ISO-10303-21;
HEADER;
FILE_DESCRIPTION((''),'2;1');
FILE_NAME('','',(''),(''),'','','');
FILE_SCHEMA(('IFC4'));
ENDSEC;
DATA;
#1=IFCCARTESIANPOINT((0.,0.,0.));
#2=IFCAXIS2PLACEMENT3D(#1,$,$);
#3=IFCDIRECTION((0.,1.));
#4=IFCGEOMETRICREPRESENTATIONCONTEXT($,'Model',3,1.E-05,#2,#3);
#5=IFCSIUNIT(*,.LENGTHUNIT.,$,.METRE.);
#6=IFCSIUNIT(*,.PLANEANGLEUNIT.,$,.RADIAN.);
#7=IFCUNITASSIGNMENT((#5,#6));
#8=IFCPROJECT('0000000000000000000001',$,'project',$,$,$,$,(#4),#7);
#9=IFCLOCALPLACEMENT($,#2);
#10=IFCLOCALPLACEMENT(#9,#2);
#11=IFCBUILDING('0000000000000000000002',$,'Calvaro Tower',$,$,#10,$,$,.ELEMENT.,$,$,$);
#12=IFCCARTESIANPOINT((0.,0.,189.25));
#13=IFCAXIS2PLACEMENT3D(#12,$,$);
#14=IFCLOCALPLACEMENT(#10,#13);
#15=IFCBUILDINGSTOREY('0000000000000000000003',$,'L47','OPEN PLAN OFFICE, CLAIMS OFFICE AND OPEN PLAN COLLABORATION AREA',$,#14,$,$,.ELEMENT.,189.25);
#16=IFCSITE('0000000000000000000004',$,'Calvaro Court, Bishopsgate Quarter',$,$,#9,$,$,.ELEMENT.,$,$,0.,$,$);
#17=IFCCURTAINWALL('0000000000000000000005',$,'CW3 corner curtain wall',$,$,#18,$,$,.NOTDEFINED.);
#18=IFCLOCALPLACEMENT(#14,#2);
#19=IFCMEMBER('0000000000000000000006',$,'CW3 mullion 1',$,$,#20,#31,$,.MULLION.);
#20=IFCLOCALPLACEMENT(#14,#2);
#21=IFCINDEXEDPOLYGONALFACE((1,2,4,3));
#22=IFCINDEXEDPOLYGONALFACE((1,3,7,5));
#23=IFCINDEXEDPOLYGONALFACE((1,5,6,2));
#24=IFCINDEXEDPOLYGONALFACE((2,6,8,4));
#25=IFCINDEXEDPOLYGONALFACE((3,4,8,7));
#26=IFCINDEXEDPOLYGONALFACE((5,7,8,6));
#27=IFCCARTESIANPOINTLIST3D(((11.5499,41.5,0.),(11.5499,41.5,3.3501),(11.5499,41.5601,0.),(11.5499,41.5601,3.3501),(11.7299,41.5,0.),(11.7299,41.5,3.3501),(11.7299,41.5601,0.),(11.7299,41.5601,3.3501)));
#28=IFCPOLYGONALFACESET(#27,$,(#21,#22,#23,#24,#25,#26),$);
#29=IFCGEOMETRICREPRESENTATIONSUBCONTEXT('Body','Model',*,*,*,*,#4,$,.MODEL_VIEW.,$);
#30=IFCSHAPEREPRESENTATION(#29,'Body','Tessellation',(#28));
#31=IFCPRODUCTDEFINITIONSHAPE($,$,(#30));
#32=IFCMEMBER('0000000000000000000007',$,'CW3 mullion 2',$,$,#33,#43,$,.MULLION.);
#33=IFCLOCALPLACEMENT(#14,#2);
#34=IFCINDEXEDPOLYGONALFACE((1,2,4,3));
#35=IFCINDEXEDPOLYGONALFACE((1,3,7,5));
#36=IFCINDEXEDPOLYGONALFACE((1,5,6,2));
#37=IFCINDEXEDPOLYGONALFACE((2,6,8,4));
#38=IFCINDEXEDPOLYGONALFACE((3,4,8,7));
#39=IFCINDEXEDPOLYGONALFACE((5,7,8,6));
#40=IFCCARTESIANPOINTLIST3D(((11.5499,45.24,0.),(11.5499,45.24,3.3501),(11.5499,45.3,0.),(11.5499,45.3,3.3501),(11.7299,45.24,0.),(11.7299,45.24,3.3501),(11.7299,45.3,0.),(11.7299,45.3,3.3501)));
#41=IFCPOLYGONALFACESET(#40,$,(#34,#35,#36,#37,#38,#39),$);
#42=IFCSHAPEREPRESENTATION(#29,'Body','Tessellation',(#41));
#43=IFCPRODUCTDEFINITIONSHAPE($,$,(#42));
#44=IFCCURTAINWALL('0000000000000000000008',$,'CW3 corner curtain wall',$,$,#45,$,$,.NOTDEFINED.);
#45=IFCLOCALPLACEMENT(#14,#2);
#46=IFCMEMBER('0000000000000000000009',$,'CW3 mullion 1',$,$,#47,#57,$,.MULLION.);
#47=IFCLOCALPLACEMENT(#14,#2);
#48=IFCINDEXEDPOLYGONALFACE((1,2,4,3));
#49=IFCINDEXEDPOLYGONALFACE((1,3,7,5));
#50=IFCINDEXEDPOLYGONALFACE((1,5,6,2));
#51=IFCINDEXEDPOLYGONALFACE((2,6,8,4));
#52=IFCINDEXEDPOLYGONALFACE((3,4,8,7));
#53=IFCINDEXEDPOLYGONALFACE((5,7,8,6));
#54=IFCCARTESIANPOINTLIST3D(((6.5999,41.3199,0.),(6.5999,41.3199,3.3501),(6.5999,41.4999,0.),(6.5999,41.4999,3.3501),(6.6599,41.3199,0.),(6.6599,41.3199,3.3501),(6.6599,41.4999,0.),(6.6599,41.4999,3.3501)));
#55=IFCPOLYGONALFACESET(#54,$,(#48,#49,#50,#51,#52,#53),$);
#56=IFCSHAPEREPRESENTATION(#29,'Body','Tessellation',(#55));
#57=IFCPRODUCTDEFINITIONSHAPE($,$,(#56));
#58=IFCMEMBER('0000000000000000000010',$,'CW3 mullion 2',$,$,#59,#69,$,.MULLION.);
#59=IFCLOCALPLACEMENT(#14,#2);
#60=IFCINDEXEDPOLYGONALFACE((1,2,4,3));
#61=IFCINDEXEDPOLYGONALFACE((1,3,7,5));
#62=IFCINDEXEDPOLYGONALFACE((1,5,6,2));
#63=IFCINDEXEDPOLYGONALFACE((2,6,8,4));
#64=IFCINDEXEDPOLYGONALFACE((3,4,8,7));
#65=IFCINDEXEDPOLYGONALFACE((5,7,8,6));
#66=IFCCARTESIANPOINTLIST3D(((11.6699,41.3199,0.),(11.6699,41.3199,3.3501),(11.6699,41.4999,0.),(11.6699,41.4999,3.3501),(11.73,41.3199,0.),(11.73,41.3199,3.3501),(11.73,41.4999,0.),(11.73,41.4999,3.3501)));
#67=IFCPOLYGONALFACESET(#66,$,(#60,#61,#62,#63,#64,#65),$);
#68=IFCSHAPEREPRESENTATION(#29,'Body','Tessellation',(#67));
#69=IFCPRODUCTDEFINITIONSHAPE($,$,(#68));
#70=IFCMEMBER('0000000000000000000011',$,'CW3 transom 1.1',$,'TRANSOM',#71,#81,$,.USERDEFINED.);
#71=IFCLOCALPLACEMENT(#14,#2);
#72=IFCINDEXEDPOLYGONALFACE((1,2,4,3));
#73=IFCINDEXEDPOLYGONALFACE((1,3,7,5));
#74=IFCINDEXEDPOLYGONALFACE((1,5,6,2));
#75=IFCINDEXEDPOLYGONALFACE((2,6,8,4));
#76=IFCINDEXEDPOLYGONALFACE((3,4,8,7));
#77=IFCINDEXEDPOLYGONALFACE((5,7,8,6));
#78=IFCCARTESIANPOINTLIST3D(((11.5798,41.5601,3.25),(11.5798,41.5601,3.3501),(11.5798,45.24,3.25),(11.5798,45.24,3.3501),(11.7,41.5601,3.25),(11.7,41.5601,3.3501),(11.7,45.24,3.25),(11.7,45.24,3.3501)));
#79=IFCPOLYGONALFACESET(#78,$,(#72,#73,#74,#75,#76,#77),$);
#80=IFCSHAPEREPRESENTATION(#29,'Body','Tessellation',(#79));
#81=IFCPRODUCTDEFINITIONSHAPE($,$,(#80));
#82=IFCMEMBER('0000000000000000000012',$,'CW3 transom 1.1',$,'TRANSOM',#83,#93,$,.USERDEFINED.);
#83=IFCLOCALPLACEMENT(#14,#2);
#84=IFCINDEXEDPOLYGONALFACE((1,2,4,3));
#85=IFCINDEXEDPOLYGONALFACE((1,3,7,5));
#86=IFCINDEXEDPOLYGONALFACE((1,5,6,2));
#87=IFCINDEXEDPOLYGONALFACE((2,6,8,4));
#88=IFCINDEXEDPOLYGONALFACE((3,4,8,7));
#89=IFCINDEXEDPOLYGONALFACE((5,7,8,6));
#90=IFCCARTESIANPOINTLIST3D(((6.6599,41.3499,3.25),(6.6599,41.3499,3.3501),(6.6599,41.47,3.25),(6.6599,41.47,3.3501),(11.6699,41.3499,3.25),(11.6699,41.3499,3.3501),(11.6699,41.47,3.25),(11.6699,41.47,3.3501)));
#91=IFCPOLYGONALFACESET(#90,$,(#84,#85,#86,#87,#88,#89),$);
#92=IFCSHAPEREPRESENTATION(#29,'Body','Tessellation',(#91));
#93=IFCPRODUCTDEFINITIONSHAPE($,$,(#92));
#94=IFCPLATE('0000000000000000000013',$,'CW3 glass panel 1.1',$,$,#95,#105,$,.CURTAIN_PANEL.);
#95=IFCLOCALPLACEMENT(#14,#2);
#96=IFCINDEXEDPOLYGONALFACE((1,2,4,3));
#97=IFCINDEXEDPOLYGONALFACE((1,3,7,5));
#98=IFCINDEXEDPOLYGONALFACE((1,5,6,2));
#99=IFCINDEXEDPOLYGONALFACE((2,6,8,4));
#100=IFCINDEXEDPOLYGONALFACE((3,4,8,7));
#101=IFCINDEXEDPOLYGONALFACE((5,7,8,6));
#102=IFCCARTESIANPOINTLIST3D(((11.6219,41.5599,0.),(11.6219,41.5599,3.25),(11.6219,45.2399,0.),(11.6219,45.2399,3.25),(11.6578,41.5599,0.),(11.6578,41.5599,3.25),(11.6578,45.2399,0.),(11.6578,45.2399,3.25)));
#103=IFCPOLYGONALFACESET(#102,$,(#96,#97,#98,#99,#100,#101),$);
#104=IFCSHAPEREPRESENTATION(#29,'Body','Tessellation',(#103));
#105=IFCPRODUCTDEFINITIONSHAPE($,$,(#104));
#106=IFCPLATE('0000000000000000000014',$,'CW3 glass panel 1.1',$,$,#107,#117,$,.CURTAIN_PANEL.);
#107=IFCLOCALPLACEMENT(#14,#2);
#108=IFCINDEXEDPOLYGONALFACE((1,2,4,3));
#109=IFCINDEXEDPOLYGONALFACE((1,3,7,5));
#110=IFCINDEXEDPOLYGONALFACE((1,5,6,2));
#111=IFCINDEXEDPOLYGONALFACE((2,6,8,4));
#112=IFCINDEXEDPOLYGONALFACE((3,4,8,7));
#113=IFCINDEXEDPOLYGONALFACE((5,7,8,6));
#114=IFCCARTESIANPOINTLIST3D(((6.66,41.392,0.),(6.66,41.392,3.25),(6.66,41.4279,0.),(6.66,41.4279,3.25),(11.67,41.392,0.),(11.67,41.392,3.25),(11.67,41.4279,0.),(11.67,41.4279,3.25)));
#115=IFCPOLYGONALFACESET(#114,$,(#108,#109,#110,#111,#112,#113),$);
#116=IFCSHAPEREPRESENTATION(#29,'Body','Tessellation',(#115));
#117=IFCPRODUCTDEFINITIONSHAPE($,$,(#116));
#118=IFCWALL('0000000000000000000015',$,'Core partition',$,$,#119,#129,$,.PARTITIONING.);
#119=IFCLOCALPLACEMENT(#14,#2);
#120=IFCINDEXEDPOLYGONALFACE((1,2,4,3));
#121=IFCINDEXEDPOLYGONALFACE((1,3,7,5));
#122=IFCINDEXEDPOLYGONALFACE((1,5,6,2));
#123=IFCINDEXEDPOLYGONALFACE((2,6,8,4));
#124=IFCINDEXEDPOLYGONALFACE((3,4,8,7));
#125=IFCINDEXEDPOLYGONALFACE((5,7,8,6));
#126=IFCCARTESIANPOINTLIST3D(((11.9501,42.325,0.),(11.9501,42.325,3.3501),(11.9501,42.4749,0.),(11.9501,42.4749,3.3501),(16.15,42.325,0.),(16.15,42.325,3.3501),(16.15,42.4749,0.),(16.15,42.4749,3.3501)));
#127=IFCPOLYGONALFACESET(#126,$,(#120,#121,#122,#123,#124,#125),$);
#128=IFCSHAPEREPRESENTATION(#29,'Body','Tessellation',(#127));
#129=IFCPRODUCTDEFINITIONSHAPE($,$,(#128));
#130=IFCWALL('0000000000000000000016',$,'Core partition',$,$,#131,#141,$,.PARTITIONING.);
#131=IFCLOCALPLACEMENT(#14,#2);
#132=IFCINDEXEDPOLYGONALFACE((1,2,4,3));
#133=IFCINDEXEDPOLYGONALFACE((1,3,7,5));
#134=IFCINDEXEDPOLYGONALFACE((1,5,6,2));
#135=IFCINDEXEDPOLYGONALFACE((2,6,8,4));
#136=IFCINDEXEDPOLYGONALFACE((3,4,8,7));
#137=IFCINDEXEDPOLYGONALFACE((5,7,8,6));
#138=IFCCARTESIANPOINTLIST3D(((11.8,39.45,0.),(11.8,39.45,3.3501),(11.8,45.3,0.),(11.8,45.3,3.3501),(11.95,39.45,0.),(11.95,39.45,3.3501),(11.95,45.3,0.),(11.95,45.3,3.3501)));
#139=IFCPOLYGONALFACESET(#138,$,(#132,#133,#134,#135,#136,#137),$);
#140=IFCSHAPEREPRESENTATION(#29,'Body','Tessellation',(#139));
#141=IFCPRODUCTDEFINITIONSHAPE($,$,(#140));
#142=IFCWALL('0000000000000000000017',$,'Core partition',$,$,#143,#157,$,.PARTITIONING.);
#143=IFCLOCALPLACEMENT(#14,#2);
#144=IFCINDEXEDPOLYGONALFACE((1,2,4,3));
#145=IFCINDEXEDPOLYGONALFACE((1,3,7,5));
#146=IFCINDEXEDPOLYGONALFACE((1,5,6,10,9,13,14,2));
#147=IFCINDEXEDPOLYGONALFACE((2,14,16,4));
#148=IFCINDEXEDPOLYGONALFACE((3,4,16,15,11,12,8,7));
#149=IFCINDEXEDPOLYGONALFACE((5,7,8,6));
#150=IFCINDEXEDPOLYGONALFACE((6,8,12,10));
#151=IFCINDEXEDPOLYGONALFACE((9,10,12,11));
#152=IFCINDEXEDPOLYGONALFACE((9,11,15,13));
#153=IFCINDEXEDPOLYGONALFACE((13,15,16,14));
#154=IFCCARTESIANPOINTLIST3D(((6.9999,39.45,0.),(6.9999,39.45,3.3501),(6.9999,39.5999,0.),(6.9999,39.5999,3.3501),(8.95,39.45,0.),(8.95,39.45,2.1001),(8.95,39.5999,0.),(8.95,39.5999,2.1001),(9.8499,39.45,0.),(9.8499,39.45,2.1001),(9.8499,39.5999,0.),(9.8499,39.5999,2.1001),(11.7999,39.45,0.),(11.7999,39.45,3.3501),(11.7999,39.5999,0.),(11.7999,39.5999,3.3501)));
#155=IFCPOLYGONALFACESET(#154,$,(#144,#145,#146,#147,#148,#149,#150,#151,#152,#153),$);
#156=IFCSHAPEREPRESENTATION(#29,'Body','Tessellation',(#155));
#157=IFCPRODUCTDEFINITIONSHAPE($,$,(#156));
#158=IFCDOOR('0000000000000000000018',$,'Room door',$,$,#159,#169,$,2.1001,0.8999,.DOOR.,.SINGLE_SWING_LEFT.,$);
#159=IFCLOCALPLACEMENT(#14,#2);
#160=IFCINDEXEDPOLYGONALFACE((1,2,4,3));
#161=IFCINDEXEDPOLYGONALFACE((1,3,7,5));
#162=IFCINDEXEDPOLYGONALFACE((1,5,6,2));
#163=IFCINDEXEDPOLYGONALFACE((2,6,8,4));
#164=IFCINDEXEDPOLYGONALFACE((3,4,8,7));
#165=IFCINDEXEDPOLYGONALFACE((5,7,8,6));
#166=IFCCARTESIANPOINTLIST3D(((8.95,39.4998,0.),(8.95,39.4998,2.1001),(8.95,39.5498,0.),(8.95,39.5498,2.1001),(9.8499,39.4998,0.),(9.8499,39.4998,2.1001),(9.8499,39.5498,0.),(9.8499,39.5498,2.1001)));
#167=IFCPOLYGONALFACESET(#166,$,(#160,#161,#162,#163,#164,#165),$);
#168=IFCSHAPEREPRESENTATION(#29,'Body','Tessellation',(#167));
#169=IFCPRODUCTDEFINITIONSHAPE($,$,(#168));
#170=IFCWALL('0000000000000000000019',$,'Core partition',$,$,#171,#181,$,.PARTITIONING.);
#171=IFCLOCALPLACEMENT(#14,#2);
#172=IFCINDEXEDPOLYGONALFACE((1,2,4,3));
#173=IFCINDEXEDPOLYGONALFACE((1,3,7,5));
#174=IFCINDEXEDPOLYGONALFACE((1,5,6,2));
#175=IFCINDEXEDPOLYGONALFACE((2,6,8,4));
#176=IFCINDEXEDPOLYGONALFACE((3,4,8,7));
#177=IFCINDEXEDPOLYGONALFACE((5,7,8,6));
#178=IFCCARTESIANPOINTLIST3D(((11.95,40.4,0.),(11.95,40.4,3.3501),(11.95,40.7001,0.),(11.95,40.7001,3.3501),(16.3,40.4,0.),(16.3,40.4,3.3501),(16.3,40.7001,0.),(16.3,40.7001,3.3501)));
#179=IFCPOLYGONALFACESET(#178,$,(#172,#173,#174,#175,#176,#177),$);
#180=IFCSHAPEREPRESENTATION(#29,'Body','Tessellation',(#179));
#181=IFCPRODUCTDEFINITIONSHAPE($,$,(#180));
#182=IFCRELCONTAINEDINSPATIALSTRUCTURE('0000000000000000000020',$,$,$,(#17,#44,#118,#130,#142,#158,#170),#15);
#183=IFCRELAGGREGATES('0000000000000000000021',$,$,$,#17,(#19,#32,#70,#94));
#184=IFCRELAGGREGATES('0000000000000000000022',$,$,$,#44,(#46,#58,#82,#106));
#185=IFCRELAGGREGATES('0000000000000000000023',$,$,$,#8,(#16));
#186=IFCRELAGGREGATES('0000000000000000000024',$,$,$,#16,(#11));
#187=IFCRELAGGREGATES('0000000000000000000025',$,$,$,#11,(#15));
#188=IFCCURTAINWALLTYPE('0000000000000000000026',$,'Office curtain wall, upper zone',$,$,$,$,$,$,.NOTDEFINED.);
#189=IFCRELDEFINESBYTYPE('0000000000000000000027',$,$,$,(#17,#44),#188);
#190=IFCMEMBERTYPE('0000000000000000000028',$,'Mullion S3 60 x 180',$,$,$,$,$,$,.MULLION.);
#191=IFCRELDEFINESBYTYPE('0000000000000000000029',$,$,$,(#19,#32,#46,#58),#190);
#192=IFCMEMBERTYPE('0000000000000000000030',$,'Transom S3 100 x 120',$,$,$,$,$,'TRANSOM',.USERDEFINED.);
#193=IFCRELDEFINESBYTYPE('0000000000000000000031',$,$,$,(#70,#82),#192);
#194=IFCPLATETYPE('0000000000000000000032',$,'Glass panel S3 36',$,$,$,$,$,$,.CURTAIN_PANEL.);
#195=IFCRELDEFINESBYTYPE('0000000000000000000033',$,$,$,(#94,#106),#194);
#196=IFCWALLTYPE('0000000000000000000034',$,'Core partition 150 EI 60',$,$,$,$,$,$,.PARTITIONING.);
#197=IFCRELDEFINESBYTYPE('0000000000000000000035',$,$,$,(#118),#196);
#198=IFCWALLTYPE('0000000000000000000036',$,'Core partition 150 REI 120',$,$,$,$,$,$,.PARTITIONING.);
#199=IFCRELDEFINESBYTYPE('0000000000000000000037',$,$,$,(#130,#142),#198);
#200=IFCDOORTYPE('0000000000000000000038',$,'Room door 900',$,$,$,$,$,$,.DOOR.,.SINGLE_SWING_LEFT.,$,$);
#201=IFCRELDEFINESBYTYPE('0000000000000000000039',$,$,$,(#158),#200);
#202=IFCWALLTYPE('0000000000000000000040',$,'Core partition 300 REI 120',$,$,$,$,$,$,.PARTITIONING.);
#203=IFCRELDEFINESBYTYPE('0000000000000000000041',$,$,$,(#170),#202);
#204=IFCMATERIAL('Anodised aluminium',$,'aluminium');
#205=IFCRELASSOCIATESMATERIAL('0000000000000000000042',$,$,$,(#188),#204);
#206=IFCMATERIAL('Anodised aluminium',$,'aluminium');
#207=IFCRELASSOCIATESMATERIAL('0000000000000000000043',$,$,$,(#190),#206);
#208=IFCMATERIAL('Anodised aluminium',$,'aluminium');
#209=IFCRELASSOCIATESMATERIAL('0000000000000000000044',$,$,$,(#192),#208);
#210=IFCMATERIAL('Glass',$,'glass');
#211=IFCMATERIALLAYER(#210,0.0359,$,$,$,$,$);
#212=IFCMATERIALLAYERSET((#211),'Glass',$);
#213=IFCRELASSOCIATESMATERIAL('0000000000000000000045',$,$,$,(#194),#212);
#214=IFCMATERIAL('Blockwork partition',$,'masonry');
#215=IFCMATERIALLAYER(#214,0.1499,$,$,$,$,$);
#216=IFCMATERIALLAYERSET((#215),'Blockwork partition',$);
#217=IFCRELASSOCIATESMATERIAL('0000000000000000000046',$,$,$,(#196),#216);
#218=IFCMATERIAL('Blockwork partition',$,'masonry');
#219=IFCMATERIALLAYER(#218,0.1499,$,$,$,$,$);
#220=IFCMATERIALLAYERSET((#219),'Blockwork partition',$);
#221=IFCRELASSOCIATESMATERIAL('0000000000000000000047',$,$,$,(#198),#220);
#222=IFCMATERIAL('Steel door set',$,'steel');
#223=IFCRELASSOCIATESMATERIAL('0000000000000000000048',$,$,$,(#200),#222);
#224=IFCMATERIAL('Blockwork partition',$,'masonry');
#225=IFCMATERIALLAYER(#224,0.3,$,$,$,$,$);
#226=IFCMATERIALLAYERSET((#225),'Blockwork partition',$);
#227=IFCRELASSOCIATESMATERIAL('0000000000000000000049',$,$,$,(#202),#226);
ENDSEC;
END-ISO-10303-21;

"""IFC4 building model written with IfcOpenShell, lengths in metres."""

from ifc_helpers import new_model, si_unit, direction, frame, frame_2d, origin, origin_2d, place, context, subcontext, project, spatial, rectangle, extrude, material, layer, layer_set, material_profile, profile_set, type_object, element, fill, aggregate, save


model = new_model("IFC4")

# Units and contexts
model_context = context("Model", 3, precision=1e-05, world=origin(), true_north=direction((0.0, 1.0)))
body_context = subcontext(model_context, "Body", "Model", "MODEL_VIEW")
ifc_project = project(units=[si_unit("LENGTHUNIT", "METRE"), si_unit("PLANEANGLEUNIT", "RADIAN")], contexts=[model_context])

# Site, building, storey
site_placement = place(None, origin())
site = spatial("IfcSite", under=ifc_project, at=site_placement, Name="Calvaro Court, Bishopsgate Quarter", CompositionType="ELEMENT", RefElevation=0.0)
building_placement = place(site_placement, origin())
building = spatial("IfcBuilding", under=site, at=building_placement, Name="Calvaro Tower", CompositionType="ELEMENT")
storey_placement = place(building_placement, frame((0.0, 0.0, 189.25)))
storey = spatial("IfcBuildingStorey", under=building, at=storey_placement, Name="L47", Description="OPEN PLAN OFFICE, CLAIMS OFFICE AND OPEN PLAN COLLABORATION AREA", CompositionType="ELEMENT", Elevation=189.25)

# Curtain walls, members
ifc_material_1 = material(Name="Anodised aluminium", Category="aluminium")
curtain_wall_type = type_object("IfcCurtainWallType", Name="Office curtain wall, upper zone", PredefinedType="NOTDEFINED", material=ifc_material_1)
curtain_wall_1_placement = place(storey_placement, origin())
curtain_wall_1 = element("IfcCurtainWall", 1, at=curtain_wall_1_placement, inside=storey, type_object=curtain_wall_type, Name="CW3 corner curtain wall", PredefinedType="NOTDEFINED")
ifc_material_2 = material(Name="Anodised aluminium", Category="aluminium")
ifc_material_profile_1 = material_profile(ifc_material_2, rectangle(XDim=0.1799, YDim=0.0601, at=origin_2d()), Name="Mullion S3 60 x 180")
ifc_profile_set_1 = profile_set([ifc_material_profile_1], Name="Anodised aluminium")
member_type_1 = type_object("IfcMemberType", Name="Mullion S3 60 x 180", PredefinedType="MULLION", material=ifc_profile_set_1)
member_1_placement = place(storey_placement, frame((11.6399, 41.53, 0.0), z_axis=(0.0, 0.0, 1.0), x_axis=(-1.0, 0.0, 0.0)))
member_1 = element("IfcMember", 2, at=member_1_placement, type_object=member_type_1, Name="CW3 mullion 1", PredefinedType="MULLION", context=body_context, shape_type="SweptSolid", body=[
    extrude(rectangle(XDim=0.1799, YDim=0.0601, at=origin_2d()), origin(), (0.0, 0.0, 1.0), 3.3501),
])
member_2_placement = place(storey_placement, frame((11.6399, 45.27, 0.0), z_axis=(0.0, 0.0, 1.0), x_axis=(-1.0, 0.0, 0.0)))
member_2 = element("IfcMember", 3, at=member_2_placement, type_object=member_type_1, Name="CW3 mullion 2", PredefinedType="MULLION", context=body_context, shape_type="SweptSolid", body=[
    extrude(rectangle(XDim=0.1799, YDim=0.0601, at=origin_2d()), origin(), (0.0, 0.0, 1.0), 3.3501),
])
curtain_wall_2_placement = place(storey_placement, origin())
curtain_wall_2 = element("IfcCurtainWall", 4, at=curtain_wall_2_placement, inside=storey, type_object=curtain_wall_type, Name="CW3 corner curtain wall", PredefinedType="NOTDEFINED")
member_3_placement = place(storey_placement, frame((6.6299, 41.4099, 0.0), z_axis=(0.0, 0.0, 1.0), x_axis=(0.0, 1.0, 0.0)))
member_3 = element("IfcMember", 5, at=member_3_placement, type_object=member_type_1, Name="CW3 mullion 1", PredefinedType="MULLION", context=body_context, shape_type="SweptSolid", body=[
    extrude(rectangle(XDim=0.1799, YDim=0.0601, at=origin_2d()), origin(), (0.0, 0.0, 1.0), 3.3501),
])
member_4_placement = place(storey_placement, frame((11.7, 41.4099, 0.0), z_axis=(0.0, 0.0, 1.0), x_axis=(0.0, 1.0, 0.0)))
member_4 = element("IfcMember", 6, at=member_4_placement, type_object=member_type_1, Name="CW3 mullion 2", PredefinedType="MULLION", context=body_context, shape_type="SweptSolid", body=[
    extrude(rectangle(XDim=0.1799, YDim=0.0601, at=origin_2d()), origin(), (0.0, 0.0, 1.0), 3.3501),
])

# Members
ifc_material_3 = material(Name="Anodised aluminium", Category="aluminium")
ifc_material_profile_2 = material_profile(ifc_material_3, rectangle(XDim=0.1201, YDim=0.1001, at=origin_2d()), Name="Transom S3 100 x 120")
ifc_profile_set_2 = profile_set([ifc_material_profile_2], Name="Anodised aluminium")
member_type_2 = type_object("IfcMemberType", Name="Transom S3 100 x 120", ElementType="TRANSOM", PredefinedType="USERDEFINED", material=ifc_profile_set_2)
member_5_placement = place(storey_placement, frame((11.6399, 41.5601, 3.3), z_axis=(0.0, 1.0, 0.0), x_axis=(-1.0, 0.0, 0.0)))
member_5 = element("IfcMember", 7, at=member_5_placement, type_object=member_type_2, Name="CW3 transom 1.1", ObjectType="TRANSOM", PredefinedType="USERDEFINED", context=body_context, shape_type="SweptSolid", body=[
    extrude(rectangle(XDim=0.1201, YDim=0.1001, at=origin_2d()), origin(), (0.0, 0.0, 1.0), 3.6799),
])
member_6_placement = place(storey_placement, frame((6.6599, 41.4099, 3.3), z_axis=(1.0, 0.0, 0.0), x_axis=(0.0, 1.0, 0.0)))
member_6 = element("IfcMember", 8, at=member_6_placement, type_object=member_type_2, Name="CW3 transom 1.1", ObjectType="TRANSOM", PredefinedType="USERDEFINED", context=body_context, shape_type="SweptSolid", body=[
    extrude(rectangle(XDim=0.1201, YDim=0.1001, at=origin_2d()), origin(), (0.0, 0.0, 1.0), 5.01),
])

# Plates
ifc_material_4 = material(Name="Glass", Category="glass")
ifc_layer_1 = layer(ifc_material_4, 0.0359)
ifc_layer_set_1 = layer_set([ifc_layer_1], Name="Glass")
plate_type = type_object("IfcPlateType", Name="Glass panel S3 36", PredefinedType="CURTAIN_PANEL", material=ifc_layer_set_1)
plate_1_placement = place(storey_placement, frame((11.6399, 43.3999, 0.0), z_axis=(0.0, 0.0, 1.0), x_axis=(0.0, 1.0, 0.0)))
plate_1 = element("IfcPlate", 9, at=plate_1_placement, type_object=plate_type, Name="CW3 glass panel 1.1", PredefinedType="CURTAIN_PANEL", context=body_context, shape_type="SweptSolid", body=[
    extrude(rectangle(XDim=3.6799, YDim=0.0359, at=origin_2d()), origin(), (0.0, 0.0, 1.0), 3.25),
])
aggregate(curtain_wall_1, [member_1, member_2, member_5, plate_1])
plate_2_placement = place(storey_placement, frame((9.165, 41.4099, 0.0), z_axis=(0.0, 0.0, 1.0), x_axis=(1.0, 0.0, 0.0)))
plate_2 = element("IfcPlate", 10, at=plate_2_placement, type_object=plate_type, Name="CW3 glass panel 1.1", PredefinedType="CURTAIN_PANEL", context=body_context, shape_type="SweptSolid", body=[
    extrude(rectangle(XDim=5.01, YDim=0.0359, at=origin_2d()), origin(), (0.0, 0.0, 1.0), 3.25),
])
aggregate(curtain_wall_2, [member_3, member_4, member_6, plate_2])

# Walls
ifc_material_5 = material(Name="Blockwork partition", Category="masonry")
ifc_layer_2 = layer(ifc_material_5, 0.1499)
ifc_layer_set_2 = layer_set([ifc_layer_2], Name="Blockwork partition")
wall_type_1 = type_object("IfcWallType", Name="Core partition 150 EI 60", PredefinedType="PARTITIONING", material=ifc_layer_set_2)
wall_1_placement = place(storey_placement, frame((11.95, 42.3999, 0.0), z_axis=(0.0, 0.0, 1.0), x_axis=(1.0, 0.0, 0.0)))
element("IfcWall", 11, at=wall_1_placement, inside=storey, type_object=wall_type_1, Name="Core partition", PredefinedType="PARTITIONING", context=body_context, shape_type="SweptSolid", body=[
    extrude(rectangle(XDim=4.2, YDim=0.1499, at=frame_2d((2.1001, 0.0))), origin(), (0.0, 0.0, 1.0), 3.3501),
])
ifc_material_6 = material(Name="Blockwork partition", Category="masonry")
ifc_layer_3 = layer(ifc_material_6, 0.1499)
ifc_layer_set_3 = layer_set([ifc_layer_3], Name="Blockwork partition")
wall_type_2 = type_object("IfcWallType", Name="Core partition 150 REI 120", PredefinedType="PARTITIONING", material=ifc_layer_set_3)
wall_2_placement = place(storey_placement, frame((11.875, 39.45, 0.0), z_axis=(0.0, 0.0, 1.0), x_axis=(0.0, 1.0, 0.0)))
element("IfcWall", 12, at=wall_2_placement, inside=storey, type_object=wall_type_2, Name="Core partition", PredefinedType="PARTITIONING", context=body_context, shape_type="SweptSolid", body=[
    extrude(rectangle(XDim=5.8501, YDim=0.1499, at=frame_2d((2.925, 0.0))), origin(), (0.0, 0.0, 1.0), 3.3501),
])

# Wall, opening, door
wall_3_placement = place(storey_placement, frame((7.0, 39.5249, 0.0), z_axis=(0.0, 0.0, 1.0), x_axis=(1.0, 0.0, 0.0)))
wall_3 = element("IfcWall", 13, at=wall_3_placement, inside=storey, type_object=wall_type_2, Name="Core partition", PredefinedType="PARTITIONING", context=body_context, shape_type="SweptSolid", body=[
    extrude(rectangle(XDim=4.8, YDim=0.1499, at=frame_2d((2.3999, 0.0))), origin(), (0.0, 0.0, 1.0), 3.3501),
])
opening_1_placement = place(wall_3_placement, frame((1.95, 0.0, 0.0)))
opening_1 = element("IfcOpeningElement", 14, at=opening_1_placement, cuts=wall_3, PredefinedType="OPENING", context=body_context, shape_type="SweptSolid", body=[
    extrude(rectangle(XDim=0.8999, YDim=2.1001, at=frame_2d((0.45, 1.05))), frame((0.0, 0.085, 0.0), z_axis=(0.0, -1.0, 0.0), x_axis=(1.0, 0.0, 0.0)), (0.0, 0.0, 1.0), 0.1699),
])
ifc_material_7 = material(Name="Steel door set", Category="steel")
door_type = type_object("IfcDoorType", Name="Room door 900", OperationType="SINGLE_SWING_LEFT", PredefinedType="DOOR", material=ifc_material_7)
door_placement = place(opening_1_placement, origin())
door = element("IfcDoor", 15, at=door_placement, inside=storey, type_object=door_type, Name="Room door", OperationType="SINGLE_SWING_LEFT", OverallHeight=2.1001, OverallWidth=0.8999, PredefinedType="DOOR", context=body_context, shape_type="SweptSolid", body=[
    extrude(rectangle(XDim=0.8999, YDim=2.1001, at=frame_2d((0.45, 1.05))), frame((0.0, 0.0249, 0.0), z_axis=(0.0, -1.0, 0.0), x_axis=(1.0, 0.0, 0.0)), (0.0, 0.0, 1.0), 0.05),
])
fill(opening_1, door)

# Wall
ifc_material_8 = material(Name="Blockwork partition", Category="masonry")
ifc_layer_4 = layer(ifc_material_8, 0.3)
ifc_layer_set_4 = layer_set([ifc_layer_4], Name="Blockwork partition")
wall_type_3 = type_object("IfcWallType", Name="Core partition 300 REI 120", PredefinedType="PARTITIONING", material=ifc_layer_set_4)
wall_4_placement = place(storey_placement, frame((11.95, 40.55, 0.0), z_axis=(0.0, 0.0, 1.0), x_axis=(1.0, 0.0, 0.0)))
element("IfcWall", 16, at=wall_4_placement, inside=storey, type_object=wall_type_3, Name="Core partition", PredefinedType="PARTITIONING", context=body_context, shape_type="SweptSolid", body=[
    extrude(rectangle(XDim=4.3501, YDim=0.3, at=frame_2d((2.175, 0.0))), origin(), (0.0, 0.0, 1.0), 3.3501),
])

save(model, "model.ifc")
